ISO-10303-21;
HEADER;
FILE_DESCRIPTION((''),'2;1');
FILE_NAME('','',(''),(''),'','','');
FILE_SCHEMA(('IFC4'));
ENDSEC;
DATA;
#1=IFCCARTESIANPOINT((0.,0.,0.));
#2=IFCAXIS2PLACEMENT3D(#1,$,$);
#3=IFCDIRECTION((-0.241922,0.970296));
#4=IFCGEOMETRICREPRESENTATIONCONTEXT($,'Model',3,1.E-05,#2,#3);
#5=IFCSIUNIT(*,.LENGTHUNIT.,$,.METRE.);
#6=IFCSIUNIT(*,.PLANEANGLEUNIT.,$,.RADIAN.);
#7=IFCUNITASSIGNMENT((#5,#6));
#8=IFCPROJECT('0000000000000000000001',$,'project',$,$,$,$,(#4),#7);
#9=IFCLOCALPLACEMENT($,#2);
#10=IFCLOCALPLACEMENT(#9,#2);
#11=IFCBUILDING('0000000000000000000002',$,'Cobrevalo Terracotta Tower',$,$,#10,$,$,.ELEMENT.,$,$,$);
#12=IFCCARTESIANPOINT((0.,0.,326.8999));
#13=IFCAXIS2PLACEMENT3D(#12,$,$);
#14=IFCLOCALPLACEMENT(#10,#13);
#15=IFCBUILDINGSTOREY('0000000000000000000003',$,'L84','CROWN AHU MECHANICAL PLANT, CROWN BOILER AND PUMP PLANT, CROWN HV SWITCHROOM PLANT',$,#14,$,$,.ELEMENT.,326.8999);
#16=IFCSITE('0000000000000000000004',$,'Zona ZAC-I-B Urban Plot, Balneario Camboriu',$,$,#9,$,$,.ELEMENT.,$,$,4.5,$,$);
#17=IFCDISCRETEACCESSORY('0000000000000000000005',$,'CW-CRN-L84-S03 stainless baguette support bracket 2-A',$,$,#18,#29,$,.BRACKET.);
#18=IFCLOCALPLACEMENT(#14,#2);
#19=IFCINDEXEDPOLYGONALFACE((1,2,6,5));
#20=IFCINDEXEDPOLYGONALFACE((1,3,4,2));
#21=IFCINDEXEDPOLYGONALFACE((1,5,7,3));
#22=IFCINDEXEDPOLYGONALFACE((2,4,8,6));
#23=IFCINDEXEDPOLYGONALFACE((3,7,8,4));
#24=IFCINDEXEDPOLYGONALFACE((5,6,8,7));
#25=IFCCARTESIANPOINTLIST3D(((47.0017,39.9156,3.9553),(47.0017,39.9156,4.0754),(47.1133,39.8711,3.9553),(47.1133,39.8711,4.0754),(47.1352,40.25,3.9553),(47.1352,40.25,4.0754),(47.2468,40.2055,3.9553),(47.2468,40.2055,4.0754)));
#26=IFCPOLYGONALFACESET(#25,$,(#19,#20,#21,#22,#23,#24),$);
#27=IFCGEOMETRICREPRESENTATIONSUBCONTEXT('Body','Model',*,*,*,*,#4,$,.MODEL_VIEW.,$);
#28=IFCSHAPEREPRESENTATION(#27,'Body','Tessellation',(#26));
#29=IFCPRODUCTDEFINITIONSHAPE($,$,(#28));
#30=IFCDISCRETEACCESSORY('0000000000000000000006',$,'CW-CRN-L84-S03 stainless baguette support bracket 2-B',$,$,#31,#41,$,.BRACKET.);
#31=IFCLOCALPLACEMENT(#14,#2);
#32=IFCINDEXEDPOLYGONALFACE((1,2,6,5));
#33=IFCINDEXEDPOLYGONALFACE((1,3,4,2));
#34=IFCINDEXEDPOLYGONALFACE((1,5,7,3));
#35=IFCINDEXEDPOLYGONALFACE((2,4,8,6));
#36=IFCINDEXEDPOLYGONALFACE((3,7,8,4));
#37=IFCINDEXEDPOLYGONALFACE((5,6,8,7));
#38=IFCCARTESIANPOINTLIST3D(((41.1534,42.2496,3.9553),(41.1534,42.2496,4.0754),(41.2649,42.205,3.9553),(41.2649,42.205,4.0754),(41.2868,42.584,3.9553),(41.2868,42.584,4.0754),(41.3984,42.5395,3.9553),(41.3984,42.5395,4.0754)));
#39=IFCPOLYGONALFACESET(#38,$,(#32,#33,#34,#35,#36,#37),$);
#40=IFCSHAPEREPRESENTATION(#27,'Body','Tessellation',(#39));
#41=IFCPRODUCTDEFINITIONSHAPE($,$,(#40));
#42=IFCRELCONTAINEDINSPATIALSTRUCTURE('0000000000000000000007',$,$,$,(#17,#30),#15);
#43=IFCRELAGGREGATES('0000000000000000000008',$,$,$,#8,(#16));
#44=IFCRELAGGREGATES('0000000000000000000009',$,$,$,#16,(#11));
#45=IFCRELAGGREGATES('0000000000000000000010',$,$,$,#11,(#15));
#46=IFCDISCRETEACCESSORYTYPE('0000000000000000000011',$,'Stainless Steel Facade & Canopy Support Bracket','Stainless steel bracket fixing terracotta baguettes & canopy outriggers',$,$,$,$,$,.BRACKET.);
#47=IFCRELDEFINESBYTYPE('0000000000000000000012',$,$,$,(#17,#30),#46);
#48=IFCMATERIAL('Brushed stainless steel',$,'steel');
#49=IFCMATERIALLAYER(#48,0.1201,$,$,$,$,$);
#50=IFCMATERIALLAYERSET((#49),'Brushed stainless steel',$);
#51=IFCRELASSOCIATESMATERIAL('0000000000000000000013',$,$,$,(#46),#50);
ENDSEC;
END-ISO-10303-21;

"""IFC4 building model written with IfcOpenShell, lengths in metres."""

from ifc_helpers import new_model, si_unit, direction, frame, origin, origin_2d, place, context, subcontext, project, spatial, rectangle, extrude, source, transform, mapped, material, layer, layer_set, type_object, element, save


model = new_model("IFC4")

# Units and contexts
model_context = context("Model", 3, precision=1e-05, world=origin(), true_north=direction((-0.241922, 0.970296)))
body_context = subcontext(model_context, "Body", "Model", "MODEL_VIEW")
ifc_project = project(units=[si_unit("LENGTHUNIT", "METRE"), si_unit("PLANEANGLEUNIT", "RADIAN")], contexts=[model_context])

# Site, building, storey
site_placement = place(None, origin())
site = spatial("IfcSite", under=ifc_project, at=site_placement, Name="Zona ZAC-I-B Urban Plot, Balneario Camboriu", CompositionType="ELEMENT", RefElevation=4.5)
building_placement = place(site_placement, origin())
building = spatial("IfcBuilding", under=site, at=building_placement, Name="Cobrevalo Terracotta Tower", CompositionType="ELEMENT")
storey_placement = place(building_placement, frame((0.0, 0.0, 326.8999)))
storey = spatial("IfcBuildingStorey", under=building, at=storey_placement, Name="L84", Description="CROWN AHU MECHANICAL PLANT, CROWN BOILER AND PUMP PLANT, CROWN HV SWITCHROOM PLANT", CompositionType="ELEMENT", Elevation=326.8999)

# Discrete accessories
ifc_material_1 = material(Name="Brushed stainless steel", Category="steel")
ifc_layer_1 = layer(ifc_material_1, 0.1201)
ifc_layer_set_1 = layer_set([ifc_layer_1], Name="Brushed stainless steel")
discrete_accessory_type = type_object("IfcDiscreteAccessoryType", Name="Stainless Steel Facade & Canopy Support Bracket", Description="Stainless steel bracket fixing terracotta baguettes & canopy outriggers", PredefinedType="BRACKET", material=ifc_layer_set_1)
shared_shape_1 = source(origin(), body_context, "Body", "SweptSolid", [
    extrude(rectangle(XDim=0.1201, YDim=0.3601, at=origin_2d()), origin(), (0.0, 0.0, 1.0), 0.1201),
])
for number, where, z_axis, x_axis, name in (
    (1, (47.1243, 40.0605, 3.9553), (0.0, 0.0, 1.0), (-0.928769, 0.37066, 0.0), "CW-CRN-L84-S03 stainless baguette support bracket 2-A"),
    (2, (41.2759, 42.3945, 3.9553), (0.0, 0.0, 1.0), (-0.928769, 0.37066, 0.0), "CW-CRN-L84-S03 stainless baguette support bracket 2-B"),
):
    element("IfcDiscreteAccessory", number, at=place(storey_placement, frame(where, z_axis=z_axis, x_axis=x_axis)), inside=storey, type_object=discrete_accessory_type, Name=name, PredefinedType="BRACKET", context=body_context, shape_type="MappedRepresentation", body=[
        mapped(shared_shape_1, transform((0.0, 0.0, 0.0), scale=1.0)),
    ])

save(model, "model.ifc")
